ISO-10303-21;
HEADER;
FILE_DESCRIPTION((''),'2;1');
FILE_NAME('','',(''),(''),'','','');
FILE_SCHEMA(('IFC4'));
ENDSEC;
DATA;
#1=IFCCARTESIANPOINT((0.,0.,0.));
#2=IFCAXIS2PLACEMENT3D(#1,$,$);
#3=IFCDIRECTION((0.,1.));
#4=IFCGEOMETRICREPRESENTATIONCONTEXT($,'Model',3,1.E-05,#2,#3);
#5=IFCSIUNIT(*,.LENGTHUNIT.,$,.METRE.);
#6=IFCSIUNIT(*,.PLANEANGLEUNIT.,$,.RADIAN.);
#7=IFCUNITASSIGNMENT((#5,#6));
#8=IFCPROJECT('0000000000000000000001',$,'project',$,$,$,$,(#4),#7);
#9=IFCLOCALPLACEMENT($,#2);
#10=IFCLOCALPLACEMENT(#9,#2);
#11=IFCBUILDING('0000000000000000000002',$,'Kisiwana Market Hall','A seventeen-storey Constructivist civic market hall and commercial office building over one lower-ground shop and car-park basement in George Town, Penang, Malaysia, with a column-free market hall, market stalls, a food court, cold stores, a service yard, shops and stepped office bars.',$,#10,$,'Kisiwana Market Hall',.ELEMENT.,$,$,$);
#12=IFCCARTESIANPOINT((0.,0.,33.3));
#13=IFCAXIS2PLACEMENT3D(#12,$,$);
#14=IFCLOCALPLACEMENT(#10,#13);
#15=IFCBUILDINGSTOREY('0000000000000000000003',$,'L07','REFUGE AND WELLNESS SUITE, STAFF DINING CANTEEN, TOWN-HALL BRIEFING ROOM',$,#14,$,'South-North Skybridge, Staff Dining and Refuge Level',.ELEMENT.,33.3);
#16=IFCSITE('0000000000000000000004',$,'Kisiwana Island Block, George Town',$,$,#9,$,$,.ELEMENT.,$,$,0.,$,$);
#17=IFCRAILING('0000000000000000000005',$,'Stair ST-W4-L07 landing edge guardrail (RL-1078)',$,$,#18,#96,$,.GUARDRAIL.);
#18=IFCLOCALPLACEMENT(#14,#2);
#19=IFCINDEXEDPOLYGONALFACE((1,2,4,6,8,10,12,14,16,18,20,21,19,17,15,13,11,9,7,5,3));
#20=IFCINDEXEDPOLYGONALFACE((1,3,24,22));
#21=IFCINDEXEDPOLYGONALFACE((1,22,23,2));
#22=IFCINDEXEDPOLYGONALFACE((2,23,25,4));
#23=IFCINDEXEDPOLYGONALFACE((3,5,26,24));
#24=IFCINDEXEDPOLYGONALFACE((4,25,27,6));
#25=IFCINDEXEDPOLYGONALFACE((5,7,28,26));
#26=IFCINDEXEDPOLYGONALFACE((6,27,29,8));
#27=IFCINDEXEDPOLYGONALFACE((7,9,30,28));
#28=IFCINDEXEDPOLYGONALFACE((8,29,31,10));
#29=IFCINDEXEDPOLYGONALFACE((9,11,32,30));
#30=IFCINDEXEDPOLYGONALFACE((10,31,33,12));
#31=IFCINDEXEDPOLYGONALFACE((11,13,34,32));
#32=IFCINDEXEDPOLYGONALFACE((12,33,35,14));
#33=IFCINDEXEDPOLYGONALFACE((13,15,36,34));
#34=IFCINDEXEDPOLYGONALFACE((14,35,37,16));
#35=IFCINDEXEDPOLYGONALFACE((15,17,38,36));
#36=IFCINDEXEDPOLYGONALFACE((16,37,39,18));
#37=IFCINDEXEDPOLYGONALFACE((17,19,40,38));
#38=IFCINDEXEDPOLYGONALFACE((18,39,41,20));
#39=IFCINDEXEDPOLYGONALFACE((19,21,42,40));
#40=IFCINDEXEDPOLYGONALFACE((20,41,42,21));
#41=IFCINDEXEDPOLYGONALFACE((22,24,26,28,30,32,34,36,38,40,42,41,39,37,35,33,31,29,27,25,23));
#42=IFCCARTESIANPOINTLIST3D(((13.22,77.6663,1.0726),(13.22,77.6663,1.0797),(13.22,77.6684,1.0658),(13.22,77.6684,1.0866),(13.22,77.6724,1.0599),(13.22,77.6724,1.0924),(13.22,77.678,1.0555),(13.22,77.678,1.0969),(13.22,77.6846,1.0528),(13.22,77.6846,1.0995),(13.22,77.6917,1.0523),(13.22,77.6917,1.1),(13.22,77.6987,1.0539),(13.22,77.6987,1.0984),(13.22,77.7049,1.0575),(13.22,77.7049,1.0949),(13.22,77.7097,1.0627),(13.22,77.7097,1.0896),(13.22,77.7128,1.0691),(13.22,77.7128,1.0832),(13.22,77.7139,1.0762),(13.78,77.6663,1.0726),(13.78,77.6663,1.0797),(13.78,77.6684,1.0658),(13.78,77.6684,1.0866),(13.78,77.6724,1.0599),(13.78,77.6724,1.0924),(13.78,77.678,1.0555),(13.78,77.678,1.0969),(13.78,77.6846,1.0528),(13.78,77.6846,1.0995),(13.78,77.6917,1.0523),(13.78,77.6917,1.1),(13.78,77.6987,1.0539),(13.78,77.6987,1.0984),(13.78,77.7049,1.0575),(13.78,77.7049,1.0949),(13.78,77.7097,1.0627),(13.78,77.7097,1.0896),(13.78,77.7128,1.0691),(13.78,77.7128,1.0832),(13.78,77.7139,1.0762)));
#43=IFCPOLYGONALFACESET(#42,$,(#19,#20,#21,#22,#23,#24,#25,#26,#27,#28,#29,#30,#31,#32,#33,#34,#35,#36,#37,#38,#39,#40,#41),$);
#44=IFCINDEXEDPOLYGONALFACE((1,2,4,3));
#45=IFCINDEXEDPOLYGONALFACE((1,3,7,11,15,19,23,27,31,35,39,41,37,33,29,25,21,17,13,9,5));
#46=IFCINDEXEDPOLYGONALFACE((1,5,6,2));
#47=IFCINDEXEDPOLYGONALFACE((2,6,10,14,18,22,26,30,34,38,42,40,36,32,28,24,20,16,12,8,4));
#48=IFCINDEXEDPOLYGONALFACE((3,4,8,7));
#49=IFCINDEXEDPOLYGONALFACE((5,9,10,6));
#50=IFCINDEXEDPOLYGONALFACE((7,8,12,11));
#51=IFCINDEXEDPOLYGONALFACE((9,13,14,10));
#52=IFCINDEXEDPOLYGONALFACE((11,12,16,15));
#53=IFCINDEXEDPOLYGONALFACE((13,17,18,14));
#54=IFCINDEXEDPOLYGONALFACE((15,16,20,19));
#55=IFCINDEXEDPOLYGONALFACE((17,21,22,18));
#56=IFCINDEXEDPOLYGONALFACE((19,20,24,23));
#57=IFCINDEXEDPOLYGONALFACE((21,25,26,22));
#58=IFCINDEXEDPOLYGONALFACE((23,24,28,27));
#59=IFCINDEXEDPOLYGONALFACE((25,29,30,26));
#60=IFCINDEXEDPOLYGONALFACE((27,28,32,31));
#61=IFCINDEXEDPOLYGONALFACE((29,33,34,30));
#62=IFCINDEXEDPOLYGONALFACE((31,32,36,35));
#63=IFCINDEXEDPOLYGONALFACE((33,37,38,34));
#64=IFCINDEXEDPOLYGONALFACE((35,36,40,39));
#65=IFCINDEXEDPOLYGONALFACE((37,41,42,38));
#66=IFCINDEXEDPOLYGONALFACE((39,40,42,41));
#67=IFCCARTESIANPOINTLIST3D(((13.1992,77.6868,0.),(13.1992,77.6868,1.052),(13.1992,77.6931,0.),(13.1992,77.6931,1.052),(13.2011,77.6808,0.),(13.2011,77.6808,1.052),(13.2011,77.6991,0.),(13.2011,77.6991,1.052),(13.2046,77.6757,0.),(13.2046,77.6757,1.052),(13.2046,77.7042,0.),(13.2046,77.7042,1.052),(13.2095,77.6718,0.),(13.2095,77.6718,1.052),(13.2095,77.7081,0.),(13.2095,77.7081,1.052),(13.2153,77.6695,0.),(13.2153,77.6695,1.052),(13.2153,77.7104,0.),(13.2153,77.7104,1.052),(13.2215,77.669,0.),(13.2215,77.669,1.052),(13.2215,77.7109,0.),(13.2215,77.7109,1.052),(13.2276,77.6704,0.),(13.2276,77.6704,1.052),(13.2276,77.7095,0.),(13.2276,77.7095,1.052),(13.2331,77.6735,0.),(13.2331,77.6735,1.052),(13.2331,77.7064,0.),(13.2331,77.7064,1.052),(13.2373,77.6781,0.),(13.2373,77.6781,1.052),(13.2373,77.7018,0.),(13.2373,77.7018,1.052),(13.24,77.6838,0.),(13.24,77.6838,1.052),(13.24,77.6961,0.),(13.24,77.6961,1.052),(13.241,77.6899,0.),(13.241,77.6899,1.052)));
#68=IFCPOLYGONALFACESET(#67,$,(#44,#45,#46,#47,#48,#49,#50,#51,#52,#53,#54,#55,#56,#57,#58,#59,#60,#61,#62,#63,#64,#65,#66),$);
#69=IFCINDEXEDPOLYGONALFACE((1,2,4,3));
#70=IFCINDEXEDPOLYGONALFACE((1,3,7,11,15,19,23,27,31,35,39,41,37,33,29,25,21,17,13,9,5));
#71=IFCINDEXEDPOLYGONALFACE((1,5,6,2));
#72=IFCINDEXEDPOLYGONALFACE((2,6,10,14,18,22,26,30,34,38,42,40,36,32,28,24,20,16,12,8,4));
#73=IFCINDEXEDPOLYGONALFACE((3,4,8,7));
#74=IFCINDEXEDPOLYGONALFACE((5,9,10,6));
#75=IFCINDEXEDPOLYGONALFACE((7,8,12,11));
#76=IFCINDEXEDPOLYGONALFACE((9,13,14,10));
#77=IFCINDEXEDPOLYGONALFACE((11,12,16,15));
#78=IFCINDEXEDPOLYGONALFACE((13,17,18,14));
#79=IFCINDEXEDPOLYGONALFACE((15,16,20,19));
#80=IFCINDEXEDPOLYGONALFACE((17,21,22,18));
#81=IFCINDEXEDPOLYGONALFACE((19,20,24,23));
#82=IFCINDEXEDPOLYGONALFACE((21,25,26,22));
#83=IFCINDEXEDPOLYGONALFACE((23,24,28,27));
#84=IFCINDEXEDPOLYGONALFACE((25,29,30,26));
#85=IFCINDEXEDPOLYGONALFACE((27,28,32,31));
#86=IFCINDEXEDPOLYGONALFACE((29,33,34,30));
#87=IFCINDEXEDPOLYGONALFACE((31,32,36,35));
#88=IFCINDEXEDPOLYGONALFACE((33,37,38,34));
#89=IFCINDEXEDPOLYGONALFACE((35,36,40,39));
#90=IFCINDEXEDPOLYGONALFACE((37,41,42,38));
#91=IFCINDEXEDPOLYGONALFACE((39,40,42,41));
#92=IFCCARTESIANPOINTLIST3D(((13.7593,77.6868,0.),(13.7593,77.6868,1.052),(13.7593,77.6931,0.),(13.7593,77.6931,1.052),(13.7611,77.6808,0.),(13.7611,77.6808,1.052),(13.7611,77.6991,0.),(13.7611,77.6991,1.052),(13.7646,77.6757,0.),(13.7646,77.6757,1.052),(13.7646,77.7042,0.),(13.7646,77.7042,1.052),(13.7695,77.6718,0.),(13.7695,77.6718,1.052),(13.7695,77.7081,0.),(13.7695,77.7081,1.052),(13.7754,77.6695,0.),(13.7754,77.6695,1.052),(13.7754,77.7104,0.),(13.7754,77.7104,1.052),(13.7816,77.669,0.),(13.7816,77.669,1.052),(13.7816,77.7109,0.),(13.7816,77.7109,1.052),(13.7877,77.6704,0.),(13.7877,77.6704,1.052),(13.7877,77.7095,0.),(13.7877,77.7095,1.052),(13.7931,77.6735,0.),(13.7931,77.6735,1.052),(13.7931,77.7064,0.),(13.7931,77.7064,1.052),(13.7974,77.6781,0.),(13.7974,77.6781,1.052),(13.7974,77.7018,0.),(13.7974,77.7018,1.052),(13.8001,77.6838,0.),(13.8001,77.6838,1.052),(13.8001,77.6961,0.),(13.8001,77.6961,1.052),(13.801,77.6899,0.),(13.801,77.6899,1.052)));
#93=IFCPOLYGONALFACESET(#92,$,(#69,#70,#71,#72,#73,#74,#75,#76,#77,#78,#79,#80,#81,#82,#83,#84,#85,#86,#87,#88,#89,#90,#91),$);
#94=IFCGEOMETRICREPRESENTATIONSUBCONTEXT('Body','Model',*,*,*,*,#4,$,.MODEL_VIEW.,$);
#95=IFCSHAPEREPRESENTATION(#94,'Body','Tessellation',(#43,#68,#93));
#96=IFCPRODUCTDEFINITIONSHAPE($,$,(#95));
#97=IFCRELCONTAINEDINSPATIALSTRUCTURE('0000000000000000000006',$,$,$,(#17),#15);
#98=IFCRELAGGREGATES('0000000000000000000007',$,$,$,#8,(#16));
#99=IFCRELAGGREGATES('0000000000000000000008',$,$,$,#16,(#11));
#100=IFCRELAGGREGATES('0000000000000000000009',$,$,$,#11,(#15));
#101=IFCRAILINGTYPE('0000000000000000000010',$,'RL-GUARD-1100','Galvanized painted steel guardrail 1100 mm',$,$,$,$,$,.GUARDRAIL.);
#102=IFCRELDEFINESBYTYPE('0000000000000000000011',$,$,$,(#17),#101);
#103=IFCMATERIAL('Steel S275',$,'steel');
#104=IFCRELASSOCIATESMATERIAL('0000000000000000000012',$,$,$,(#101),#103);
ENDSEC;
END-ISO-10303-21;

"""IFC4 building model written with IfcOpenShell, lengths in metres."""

from ifc_helpers import new_model, si_unit, direction, frame, origin, origin_2d, place, context, subcontext, project, spatial, circle, extrude, material, type_object, element, save


model = new_model("IFC4")

# Units and contexts
model_context = context("Model", 3, precision=1e-05, world=origin(), true_north=direction((0.0, 1.0)))
body_context = subcontext(model_context, "Body", "Model", "MODEL_VIEW")
ifc_project = project(units=[si_unit("LENGTHUNIT", "METRE"), si_unit("PLANEANGLEUNIT", "RADIAN")], contexts=[model_context])

# Site, building, storey
site_placement = place(None, origin())
site = spatial("IfcSite", under=ifc_project, at=site_placement, Name="Kisiwana Island Block, George Town", CompositionType="ELEMENT", RefElevation=0.0)
building_placement = place(site_placement, origin())
building = spatial("IfcBuilding", under=site, at=building_placement, Name="Kisiwana Market Hall", Description="A seventeen-storey Constructivist civic market hall and commercial office building over one lower-ground shop and car-park basement in George Town, Penang, Malaysia, with a column-free market hall, market stalls, a food court, cold stores, a service yard, shops and stepped office bars.", LongName="Kisiwana Market Hall", CompositionType="ELEMENT")
storey_placement = place(building_placement, frame((0.0, 0.0, 33.3)))
storey = spatial("IfcBuildingStorey", under=building, at=storey_placement, Name="L07", Description="REFUGE AND WELLNESS SUITE, STAFF DINING CANTEEN, TOWN-HALL BRIEFING ROOM", LongName="South-North Skybridge, Staff Dining and Refuge Level", CompositionType="ELEMENT", Elevation=33.3)

# Railing
ifc_material_1 = material(Name="Steel S275", Category="steel")
railing_type_1 = type_object("IfcRailingType", Name="RL-GUARD-1100", Description="Galvanized painted steel guardrail 1100 mm", PredefinedType="GUARDRAIL", material=ifc_material_1)
railing_1_placement = place(storey_placement, frame((13.22, 77.6899, 0.0)))
element("IfcRailing", 1, at=railing_1_placement, inside=storey, type_object=railing_type_1, Name="Stair ST-W4-L07 landing edge guardrail (RL-1078)", PredefinedType="GUARDRAIL", context=body_context, shape_type="SweptSolid", body=[
    extrude(circle(Radius=0.0239, at=origin_2d()), frame((0.0, 0.0, 1.0762), z_axis=(1.0, 0.0, 0.0), x_axis=(0.0, 1.0, 0.0)), (0.0, 0.0, 1.0), 0.5601),
    extrude(circle(Radius=0.021, at=origin_2d()), origin(), (0.0, 0.0, 1.0), 1.052),
    extrude(circle(Radius=0.021, at=origin_2d()), frame((0.5601, 0.0, 0.0)), (0.0, 0.0, 1.0), 1.052),
])

save(model, "model.ifc")
